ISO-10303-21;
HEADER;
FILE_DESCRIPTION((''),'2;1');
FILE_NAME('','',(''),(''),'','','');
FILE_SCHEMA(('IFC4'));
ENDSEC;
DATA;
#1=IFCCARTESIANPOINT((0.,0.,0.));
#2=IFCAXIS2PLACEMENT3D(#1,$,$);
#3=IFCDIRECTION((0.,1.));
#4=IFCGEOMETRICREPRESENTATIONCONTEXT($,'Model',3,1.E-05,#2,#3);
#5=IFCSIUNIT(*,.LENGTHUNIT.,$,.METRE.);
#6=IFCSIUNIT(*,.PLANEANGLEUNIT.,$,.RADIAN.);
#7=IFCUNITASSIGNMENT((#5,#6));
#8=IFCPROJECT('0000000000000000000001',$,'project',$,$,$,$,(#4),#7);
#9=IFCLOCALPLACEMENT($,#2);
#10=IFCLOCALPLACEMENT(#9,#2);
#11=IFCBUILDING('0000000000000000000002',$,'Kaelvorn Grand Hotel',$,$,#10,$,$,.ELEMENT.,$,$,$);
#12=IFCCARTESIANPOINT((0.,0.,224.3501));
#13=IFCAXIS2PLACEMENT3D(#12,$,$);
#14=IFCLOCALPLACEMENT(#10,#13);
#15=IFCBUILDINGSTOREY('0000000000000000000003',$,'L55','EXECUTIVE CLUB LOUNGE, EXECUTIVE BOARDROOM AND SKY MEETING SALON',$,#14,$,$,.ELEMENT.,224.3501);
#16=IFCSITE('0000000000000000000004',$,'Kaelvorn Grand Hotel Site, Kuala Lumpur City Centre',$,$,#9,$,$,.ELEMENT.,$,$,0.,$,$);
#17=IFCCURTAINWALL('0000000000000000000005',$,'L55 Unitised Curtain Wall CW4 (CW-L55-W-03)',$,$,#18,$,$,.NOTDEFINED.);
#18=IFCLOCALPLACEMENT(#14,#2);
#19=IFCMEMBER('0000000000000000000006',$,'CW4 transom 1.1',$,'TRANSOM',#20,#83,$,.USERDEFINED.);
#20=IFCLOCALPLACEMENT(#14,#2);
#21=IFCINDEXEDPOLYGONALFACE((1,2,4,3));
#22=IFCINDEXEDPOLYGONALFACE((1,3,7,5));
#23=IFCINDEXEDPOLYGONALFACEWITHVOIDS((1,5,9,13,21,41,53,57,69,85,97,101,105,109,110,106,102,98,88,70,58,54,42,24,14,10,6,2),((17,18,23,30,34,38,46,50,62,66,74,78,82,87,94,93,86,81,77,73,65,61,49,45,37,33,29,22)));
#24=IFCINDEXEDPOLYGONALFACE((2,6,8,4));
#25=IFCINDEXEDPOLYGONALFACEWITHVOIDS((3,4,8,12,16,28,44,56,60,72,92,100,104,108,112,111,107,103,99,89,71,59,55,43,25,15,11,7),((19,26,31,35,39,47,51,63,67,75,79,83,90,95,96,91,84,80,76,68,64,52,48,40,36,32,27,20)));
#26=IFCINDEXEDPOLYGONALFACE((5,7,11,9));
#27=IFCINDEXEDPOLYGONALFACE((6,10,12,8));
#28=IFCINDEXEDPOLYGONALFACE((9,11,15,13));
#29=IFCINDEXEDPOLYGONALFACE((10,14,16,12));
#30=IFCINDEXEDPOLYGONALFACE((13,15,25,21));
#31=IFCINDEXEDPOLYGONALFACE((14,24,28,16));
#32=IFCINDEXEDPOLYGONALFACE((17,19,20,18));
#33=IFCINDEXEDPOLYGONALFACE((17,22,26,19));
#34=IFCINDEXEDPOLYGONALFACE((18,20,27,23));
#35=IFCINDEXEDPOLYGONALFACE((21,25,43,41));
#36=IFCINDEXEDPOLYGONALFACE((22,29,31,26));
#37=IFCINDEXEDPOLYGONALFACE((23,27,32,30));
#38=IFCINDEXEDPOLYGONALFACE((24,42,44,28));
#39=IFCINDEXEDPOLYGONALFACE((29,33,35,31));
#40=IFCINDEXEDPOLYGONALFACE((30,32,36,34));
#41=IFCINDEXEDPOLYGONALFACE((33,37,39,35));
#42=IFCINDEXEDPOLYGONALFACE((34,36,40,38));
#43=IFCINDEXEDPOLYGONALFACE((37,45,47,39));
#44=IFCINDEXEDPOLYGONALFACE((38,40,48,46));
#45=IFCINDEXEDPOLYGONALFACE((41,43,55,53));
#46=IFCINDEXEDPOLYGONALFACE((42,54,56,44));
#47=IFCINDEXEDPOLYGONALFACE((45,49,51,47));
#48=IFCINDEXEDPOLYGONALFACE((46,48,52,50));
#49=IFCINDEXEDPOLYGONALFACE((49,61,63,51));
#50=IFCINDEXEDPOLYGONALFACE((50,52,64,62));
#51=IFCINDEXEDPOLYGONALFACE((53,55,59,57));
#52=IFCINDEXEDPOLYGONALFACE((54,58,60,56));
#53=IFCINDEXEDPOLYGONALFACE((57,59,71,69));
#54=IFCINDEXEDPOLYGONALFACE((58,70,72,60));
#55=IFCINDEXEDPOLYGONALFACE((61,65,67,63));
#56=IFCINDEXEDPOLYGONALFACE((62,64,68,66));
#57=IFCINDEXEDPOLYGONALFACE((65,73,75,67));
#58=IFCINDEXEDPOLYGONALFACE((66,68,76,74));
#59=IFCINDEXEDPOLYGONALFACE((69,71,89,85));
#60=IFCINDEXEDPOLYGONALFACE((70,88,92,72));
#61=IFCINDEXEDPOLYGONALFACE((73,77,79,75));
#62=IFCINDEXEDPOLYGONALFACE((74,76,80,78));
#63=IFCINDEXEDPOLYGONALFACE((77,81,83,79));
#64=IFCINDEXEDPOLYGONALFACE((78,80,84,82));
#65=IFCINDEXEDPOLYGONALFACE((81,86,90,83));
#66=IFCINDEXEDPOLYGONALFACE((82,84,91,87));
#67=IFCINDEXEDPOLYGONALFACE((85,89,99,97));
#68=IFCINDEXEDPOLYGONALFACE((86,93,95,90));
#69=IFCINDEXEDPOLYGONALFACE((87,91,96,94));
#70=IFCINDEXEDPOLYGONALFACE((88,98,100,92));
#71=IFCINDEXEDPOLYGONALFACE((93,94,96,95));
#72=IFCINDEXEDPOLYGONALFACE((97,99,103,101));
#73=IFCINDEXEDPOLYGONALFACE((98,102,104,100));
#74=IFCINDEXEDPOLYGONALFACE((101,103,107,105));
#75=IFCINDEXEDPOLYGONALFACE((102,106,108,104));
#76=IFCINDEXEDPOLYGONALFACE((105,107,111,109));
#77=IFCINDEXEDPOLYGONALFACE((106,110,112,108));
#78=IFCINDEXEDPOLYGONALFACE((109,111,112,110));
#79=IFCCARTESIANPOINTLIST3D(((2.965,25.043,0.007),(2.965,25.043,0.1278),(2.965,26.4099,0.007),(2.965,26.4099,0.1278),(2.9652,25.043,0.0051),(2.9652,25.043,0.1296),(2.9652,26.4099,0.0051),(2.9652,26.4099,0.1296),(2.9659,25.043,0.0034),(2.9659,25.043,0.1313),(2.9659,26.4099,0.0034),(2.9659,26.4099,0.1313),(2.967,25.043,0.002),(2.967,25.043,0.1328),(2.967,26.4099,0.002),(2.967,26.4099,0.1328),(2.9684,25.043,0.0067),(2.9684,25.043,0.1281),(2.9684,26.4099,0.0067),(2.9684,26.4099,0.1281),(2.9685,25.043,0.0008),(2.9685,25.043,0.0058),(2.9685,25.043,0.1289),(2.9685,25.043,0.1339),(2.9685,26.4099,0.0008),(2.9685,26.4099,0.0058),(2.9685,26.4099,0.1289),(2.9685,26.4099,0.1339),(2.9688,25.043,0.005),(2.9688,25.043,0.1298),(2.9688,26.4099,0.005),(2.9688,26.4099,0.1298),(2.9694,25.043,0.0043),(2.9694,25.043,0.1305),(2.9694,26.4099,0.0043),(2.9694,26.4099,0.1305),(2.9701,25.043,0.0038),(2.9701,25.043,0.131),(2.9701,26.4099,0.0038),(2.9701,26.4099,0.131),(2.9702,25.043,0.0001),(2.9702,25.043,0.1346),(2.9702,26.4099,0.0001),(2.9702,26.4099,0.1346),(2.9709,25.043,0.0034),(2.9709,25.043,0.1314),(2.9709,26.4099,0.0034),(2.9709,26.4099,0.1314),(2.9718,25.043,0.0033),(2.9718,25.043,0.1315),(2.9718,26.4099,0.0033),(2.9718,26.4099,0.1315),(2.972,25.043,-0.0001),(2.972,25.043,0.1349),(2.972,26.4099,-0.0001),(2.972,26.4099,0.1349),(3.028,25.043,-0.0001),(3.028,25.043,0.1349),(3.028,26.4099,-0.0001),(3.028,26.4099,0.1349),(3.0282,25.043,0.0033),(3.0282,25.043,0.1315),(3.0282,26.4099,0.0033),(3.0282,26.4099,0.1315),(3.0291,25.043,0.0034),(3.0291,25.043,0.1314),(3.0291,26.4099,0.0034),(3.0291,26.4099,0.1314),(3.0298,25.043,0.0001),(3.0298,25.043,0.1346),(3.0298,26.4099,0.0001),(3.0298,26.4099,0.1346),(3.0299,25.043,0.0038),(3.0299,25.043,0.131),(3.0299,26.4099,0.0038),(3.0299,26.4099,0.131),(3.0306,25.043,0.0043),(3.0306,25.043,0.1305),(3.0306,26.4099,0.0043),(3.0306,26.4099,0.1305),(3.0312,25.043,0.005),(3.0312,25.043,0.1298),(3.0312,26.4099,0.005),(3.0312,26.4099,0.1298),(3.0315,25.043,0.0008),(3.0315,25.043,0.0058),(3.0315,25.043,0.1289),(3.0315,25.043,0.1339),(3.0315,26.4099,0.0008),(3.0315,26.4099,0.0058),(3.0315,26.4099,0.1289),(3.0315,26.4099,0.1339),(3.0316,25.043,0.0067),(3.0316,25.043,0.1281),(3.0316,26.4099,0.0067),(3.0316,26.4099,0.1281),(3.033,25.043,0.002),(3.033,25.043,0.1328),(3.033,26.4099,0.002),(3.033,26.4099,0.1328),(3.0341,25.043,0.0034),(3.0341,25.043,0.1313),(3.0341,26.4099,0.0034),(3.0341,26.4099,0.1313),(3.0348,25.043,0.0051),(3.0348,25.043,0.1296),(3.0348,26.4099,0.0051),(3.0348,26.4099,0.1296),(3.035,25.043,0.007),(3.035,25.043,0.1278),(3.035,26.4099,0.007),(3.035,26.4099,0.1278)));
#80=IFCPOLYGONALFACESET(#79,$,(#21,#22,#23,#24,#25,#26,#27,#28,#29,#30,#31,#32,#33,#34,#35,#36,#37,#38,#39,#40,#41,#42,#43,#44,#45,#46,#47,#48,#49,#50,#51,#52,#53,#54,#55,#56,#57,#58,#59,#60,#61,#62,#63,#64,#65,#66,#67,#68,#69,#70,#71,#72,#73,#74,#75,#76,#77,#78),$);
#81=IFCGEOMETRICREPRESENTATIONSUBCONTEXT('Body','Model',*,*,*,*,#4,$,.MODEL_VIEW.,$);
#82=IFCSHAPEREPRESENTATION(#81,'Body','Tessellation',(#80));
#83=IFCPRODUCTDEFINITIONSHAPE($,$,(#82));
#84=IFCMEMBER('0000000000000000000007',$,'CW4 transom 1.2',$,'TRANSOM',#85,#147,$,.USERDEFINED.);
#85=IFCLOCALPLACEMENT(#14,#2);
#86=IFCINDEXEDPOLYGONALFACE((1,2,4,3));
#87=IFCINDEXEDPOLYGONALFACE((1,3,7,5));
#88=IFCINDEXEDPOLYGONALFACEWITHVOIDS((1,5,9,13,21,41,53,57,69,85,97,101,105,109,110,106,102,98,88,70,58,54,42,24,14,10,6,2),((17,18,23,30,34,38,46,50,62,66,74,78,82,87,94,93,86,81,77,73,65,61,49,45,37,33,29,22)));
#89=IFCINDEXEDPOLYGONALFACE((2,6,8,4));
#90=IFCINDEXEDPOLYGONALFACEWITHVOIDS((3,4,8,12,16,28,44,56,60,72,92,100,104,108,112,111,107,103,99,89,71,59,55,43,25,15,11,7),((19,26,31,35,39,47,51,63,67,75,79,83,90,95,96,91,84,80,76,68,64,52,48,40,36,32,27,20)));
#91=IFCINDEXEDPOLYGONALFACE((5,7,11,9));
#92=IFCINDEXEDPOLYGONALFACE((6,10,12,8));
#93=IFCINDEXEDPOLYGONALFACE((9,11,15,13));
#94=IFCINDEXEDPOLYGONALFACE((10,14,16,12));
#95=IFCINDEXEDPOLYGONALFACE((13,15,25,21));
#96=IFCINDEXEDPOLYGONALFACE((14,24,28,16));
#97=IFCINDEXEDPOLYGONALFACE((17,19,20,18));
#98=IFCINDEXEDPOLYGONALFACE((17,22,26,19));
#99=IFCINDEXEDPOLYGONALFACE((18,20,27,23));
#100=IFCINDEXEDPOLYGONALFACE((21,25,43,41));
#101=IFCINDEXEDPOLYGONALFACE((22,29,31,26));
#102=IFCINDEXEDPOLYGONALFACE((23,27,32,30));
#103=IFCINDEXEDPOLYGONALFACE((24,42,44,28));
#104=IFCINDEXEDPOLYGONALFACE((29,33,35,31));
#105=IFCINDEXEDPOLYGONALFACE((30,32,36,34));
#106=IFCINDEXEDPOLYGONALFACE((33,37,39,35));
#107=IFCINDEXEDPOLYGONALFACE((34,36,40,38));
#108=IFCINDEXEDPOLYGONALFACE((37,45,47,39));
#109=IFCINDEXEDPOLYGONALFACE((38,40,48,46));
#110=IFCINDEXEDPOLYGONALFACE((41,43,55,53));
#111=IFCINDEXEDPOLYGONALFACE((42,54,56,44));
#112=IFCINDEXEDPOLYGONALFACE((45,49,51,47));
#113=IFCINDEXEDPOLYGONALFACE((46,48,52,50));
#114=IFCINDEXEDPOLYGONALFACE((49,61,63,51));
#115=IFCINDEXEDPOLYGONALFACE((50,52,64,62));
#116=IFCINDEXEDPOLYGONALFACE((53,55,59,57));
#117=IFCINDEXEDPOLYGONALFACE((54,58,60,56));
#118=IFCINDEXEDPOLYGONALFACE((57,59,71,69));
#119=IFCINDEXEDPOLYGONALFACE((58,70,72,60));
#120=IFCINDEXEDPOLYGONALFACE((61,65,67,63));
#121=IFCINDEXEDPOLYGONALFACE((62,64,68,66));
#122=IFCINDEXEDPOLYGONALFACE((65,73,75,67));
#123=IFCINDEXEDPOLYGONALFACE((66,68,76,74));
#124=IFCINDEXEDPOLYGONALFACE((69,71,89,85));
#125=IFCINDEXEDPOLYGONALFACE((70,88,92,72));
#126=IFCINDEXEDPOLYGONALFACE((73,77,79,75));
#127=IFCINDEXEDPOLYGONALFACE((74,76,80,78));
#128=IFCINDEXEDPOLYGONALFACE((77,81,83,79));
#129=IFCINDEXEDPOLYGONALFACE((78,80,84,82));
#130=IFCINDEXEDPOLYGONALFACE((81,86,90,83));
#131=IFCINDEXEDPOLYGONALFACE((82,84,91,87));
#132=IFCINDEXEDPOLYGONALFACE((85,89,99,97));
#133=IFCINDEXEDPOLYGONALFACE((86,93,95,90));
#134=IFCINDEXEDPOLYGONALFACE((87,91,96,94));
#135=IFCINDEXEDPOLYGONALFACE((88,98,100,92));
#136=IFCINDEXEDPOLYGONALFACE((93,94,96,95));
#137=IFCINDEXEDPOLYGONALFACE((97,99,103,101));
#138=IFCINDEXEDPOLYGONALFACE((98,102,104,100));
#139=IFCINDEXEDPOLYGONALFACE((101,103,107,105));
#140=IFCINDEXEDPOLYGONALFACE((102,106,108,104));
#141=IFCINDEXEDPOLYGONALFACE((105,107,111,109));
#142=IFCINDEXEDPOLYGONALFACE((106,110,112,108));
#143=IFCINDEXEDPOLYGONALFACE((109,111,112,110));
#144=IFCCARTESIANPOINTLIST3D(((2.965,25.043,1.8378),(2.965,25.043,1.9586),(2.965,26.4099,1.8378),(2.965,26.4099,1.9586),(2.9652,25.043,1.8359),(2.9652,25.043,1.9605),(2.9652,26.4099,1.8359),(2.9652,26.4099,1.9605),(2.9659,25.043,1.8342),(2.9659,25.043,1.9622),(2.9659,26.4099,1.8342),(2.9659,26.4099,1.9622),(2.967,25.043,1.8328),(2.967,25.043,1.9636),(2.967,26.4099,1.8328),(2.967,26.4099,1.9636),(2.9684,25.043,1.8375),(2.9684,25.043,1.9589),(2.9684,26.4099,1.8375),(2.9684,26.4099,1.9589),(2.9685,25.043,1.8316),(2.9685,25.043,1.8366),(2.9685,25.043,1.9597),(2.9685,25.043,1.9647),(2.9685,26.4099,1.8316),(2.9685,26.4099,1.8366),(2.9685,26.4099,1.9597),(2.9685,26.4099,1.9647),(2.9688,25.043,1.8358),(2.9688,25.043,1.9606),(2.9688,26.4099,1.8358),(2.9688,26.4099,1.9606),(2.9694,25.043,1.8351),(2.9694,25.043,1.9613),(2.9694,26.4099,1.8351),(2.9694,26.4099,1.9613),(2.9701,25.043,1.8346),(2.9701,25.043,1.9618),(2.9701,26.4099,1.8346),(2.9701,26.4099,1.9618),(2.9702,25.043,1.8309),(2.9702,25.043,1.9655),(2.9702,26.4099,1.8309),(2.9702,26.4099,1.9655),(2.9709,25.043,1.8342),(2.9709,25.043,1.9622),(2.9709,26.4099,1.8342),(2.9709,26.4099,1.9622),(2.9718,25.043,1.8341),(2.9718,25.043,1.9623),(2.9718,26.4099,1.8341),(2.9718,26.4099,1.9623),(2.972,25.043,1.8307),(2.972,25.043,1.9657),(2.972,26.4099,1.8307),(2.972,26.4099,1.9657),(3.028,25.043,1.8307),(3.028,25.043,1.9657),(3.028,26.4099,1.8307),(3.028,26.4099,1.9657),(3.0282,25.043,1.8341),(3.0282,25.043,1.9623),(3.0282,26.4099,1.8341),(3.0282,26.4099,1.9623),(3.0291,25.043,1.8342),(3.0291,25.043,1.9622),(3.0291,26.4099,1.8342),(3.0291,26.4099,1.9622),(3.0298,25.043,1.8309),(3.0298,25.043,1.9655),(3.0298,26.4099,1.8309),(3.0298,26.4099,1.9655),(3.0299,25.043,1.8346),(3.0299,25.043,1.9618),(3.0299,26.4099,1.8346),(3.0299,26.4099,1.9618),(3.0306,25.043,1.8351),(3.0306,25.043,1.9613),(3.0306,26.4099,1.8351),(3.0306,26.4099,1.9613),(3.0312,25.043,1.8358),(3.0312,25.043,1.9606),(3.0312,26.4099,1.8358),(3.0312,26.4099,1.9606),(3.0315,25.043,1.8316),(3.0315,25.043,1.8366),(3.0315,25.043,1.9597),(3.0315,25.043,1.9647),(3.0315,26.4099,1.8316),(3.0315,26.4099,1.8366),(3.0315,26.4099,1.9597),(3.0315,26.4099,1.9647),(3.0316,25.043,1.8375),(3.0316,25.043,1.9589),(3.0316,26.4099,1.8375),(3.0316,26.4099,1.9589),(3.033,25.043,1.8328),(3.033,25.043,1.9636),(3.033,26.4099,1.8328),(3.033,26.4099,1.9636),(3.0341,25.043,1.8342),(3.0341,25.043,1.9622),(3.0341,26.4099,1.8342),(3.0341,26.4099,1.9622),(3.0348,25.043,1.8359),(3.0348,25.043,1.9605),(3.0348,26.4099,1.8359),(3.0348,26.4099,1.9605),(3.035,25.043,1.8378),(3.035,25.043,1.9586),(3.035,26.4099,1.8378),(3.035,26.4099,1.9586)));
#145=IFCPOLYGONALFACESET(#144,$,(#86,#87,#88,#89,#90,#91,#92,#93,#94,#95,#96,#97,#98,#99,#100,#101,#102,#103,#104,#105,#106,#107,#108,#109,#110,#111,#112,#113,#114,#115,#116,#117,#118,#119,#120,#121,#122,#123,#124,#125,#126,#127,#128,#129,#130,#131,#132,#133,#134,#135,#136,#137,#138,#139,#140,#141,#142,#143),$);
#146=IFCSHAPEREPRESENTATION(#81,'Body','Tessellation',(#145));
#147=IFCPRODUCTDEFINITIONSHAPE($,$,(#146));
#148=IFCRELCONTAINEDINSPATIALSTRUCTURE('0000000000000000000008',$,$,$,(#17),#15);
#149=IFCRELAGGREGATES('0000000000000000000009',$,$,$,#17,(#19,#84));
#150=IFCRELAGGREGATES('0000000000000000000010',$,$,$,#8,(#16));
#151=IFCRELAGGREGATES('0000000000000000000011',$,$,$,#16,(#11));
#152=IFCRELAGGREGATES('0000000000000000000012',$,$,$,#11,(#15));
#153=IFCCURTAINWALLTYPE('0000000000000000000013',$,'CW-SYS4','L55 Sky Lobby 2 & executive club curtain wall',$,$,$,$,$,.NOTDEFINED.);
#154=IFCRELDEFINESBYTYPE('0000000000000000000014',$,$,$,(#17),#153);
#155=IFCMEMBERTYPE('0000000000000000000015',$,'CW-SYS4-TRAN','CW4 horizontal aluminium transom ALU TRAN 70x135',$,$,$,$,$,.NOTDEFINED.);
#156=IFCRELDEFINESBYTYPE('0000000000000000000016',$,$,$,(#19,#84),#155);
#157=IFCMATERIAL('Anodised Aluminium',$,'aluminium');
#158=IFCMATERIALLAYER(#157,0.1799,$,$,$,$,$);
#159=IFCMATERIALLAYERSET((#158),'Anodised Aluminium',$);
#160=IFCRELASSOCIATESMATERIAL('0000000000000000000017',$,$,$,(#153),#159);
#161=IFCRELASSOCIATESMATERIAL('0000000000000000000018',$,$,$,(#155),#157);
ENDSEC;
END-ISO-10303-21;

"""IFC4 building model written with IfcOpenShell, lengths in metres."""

from ifc_helpers import new_model, si_unit, direction, frame, origin, origin_2d, place, context, subcontext, project, spatial, hollow_rectangle, extrude, material, layer, layer_set, material_profile, profile_set, type_object, element, aggregate, save


model = new_model("IFC4")

# Units and contexts
model_context = context("Model", 3, precision=1e-05, world=origin(), true_north=direction((0.0, 1.0)))
body_context = subcontext(model_context, "Body", "Model", "MODEL_VIEW")
ifc_project = project(units=[si_unit("LENGTHUNIT", "METRE"), si_unit("PLANEANGLEUNIT", "RADIAN")], contexts=[model_context])

# Site, building, storey
site_placement = place(None, origin())
site = spatial("IfcSite", under=ifc_project, at=site_placement, Name="Kaelvorn Grand Hotel Site, Kuala Lumpur City Centre", CompositionType="ELEMENT", RefElevation=0.0)
building_placement = place(site_placement, origin())
building = spatial("IfcBuilding", under=site, at=building_placement, Name="Kaelvorn Grand Hotel", CompositionType="ELEMENT")
storey_placement = place(building_placement, frame((0.0, 0.0, 224.3501)))
storey = spatial("IfcBuildingStorey", under=building, at=storey_placement, Name="L55", Description="EXECUTIVE CLUB LOUNGE, EXECUTIVE BOARDROOM AND SKY MEETING SALON", CompositionType="ELEMENT", Elevation=224.3501)

# Shared definitions
ifc_material_1 = material(Name="Anodised Aluminium", Category="aluminium")
ifc_layer_1 = layer(ifc_material_1, 0.1799)
ifc_layer_set_1 = layer_set([ifc_layer_1], Name="Anodised Aluminium")
curtain_wall_type = type_object("IfcCurtainWallType", Name="CW-SYS4", Description="L55 Sky Lobby 2 & executive club curtain wall", PredefinedType="NOTDEFINED", material=ifc_layer_set_1)

# Curtain wall, members
curtain_wall_1_placement = place(storey_placement, origin())
curtain_wall_1 = element("IfcCurtainWall", 1, at=curtain_wall_1_placement, inside=storey, type_object=curtain_wall_type, Name="L55 Unitised Curtain Wall CW4 (CW-L55-W-03)", PredefinedType="NOTDEFINED")
ifc_material_profile_1 = material_profile(ifc_material_1, hollow_rectangle(XDim=0.0701, YDim=0.135, WallThickness=0.0034, InnerFilletRadius=0.0034, OuterFilletRadius=0.0071, at=origin_2d()), Name="ALU TRAN 70x135")
ifc_profile_set_1 = profile_set([ifc_material_profile_1], Name="Anodised Aluminium")
member_type_1 = type_object("IfcMemberType", Name="CW-SYS4-TRAN", Description="CW4 horizontal aluminium transom ALU TRAN 70x135", PredefinedType="NOTDEFINED", material=ifc_profile_set_1)
member_1_placement = place(storey_placement, frame((3.0, 26.4099, 0.0674), z_axis=(0.0, -1.0, 0.0), x_axis=(1.0, 0.0, 0.0)))
member_1 = element("IfcMember", 2, at=member_1_placement, type_object=member_type_1, Name="CW4 transom 1.1", ObjectType="TRANSOM", PredefinedType="USERDEFINED", context=body_context, shape_type="SweptSolid", body=[
    extrude(hollow_rectangle(XDim=0.0701, YDim=0.135, WallThickness=0.0034, InnerFilletRadius=0.0034, OuterFilletRadius=0.0071, at=origin_2d()), origin(), (0.0, 0.0, 1.0), 1.3669),
])
member_2_placement = place(storey_placement, frame((3.0, 26.4099, 1.8982), z_axis=(0.0, -1.0, 0.0), x_axis=(1.0, 0.0, 0.0)))
member_2 = element("IfcMember", 3, at=member_2_placement, type_object=member_type_1, Name="CW4 transom 1.2", ObjectType="TRANSOM", PredefinedType="USERDEFINED", context=body_context, shape_type="SweptSolid", body=[
    extrude(hollow_rectangle(XDim=0.0701, YDim=0.135, WallThickness=0.0034, InnerFilletRadius=0.0034, OuterFilletRadius=0.0071, at=origin_2d()), origin(), (0.0, 0.0, 1.0), 1.3669),
])

aggregate(curtain_wall_1, [member_1, member_2])

save(model, "model.ifc")
